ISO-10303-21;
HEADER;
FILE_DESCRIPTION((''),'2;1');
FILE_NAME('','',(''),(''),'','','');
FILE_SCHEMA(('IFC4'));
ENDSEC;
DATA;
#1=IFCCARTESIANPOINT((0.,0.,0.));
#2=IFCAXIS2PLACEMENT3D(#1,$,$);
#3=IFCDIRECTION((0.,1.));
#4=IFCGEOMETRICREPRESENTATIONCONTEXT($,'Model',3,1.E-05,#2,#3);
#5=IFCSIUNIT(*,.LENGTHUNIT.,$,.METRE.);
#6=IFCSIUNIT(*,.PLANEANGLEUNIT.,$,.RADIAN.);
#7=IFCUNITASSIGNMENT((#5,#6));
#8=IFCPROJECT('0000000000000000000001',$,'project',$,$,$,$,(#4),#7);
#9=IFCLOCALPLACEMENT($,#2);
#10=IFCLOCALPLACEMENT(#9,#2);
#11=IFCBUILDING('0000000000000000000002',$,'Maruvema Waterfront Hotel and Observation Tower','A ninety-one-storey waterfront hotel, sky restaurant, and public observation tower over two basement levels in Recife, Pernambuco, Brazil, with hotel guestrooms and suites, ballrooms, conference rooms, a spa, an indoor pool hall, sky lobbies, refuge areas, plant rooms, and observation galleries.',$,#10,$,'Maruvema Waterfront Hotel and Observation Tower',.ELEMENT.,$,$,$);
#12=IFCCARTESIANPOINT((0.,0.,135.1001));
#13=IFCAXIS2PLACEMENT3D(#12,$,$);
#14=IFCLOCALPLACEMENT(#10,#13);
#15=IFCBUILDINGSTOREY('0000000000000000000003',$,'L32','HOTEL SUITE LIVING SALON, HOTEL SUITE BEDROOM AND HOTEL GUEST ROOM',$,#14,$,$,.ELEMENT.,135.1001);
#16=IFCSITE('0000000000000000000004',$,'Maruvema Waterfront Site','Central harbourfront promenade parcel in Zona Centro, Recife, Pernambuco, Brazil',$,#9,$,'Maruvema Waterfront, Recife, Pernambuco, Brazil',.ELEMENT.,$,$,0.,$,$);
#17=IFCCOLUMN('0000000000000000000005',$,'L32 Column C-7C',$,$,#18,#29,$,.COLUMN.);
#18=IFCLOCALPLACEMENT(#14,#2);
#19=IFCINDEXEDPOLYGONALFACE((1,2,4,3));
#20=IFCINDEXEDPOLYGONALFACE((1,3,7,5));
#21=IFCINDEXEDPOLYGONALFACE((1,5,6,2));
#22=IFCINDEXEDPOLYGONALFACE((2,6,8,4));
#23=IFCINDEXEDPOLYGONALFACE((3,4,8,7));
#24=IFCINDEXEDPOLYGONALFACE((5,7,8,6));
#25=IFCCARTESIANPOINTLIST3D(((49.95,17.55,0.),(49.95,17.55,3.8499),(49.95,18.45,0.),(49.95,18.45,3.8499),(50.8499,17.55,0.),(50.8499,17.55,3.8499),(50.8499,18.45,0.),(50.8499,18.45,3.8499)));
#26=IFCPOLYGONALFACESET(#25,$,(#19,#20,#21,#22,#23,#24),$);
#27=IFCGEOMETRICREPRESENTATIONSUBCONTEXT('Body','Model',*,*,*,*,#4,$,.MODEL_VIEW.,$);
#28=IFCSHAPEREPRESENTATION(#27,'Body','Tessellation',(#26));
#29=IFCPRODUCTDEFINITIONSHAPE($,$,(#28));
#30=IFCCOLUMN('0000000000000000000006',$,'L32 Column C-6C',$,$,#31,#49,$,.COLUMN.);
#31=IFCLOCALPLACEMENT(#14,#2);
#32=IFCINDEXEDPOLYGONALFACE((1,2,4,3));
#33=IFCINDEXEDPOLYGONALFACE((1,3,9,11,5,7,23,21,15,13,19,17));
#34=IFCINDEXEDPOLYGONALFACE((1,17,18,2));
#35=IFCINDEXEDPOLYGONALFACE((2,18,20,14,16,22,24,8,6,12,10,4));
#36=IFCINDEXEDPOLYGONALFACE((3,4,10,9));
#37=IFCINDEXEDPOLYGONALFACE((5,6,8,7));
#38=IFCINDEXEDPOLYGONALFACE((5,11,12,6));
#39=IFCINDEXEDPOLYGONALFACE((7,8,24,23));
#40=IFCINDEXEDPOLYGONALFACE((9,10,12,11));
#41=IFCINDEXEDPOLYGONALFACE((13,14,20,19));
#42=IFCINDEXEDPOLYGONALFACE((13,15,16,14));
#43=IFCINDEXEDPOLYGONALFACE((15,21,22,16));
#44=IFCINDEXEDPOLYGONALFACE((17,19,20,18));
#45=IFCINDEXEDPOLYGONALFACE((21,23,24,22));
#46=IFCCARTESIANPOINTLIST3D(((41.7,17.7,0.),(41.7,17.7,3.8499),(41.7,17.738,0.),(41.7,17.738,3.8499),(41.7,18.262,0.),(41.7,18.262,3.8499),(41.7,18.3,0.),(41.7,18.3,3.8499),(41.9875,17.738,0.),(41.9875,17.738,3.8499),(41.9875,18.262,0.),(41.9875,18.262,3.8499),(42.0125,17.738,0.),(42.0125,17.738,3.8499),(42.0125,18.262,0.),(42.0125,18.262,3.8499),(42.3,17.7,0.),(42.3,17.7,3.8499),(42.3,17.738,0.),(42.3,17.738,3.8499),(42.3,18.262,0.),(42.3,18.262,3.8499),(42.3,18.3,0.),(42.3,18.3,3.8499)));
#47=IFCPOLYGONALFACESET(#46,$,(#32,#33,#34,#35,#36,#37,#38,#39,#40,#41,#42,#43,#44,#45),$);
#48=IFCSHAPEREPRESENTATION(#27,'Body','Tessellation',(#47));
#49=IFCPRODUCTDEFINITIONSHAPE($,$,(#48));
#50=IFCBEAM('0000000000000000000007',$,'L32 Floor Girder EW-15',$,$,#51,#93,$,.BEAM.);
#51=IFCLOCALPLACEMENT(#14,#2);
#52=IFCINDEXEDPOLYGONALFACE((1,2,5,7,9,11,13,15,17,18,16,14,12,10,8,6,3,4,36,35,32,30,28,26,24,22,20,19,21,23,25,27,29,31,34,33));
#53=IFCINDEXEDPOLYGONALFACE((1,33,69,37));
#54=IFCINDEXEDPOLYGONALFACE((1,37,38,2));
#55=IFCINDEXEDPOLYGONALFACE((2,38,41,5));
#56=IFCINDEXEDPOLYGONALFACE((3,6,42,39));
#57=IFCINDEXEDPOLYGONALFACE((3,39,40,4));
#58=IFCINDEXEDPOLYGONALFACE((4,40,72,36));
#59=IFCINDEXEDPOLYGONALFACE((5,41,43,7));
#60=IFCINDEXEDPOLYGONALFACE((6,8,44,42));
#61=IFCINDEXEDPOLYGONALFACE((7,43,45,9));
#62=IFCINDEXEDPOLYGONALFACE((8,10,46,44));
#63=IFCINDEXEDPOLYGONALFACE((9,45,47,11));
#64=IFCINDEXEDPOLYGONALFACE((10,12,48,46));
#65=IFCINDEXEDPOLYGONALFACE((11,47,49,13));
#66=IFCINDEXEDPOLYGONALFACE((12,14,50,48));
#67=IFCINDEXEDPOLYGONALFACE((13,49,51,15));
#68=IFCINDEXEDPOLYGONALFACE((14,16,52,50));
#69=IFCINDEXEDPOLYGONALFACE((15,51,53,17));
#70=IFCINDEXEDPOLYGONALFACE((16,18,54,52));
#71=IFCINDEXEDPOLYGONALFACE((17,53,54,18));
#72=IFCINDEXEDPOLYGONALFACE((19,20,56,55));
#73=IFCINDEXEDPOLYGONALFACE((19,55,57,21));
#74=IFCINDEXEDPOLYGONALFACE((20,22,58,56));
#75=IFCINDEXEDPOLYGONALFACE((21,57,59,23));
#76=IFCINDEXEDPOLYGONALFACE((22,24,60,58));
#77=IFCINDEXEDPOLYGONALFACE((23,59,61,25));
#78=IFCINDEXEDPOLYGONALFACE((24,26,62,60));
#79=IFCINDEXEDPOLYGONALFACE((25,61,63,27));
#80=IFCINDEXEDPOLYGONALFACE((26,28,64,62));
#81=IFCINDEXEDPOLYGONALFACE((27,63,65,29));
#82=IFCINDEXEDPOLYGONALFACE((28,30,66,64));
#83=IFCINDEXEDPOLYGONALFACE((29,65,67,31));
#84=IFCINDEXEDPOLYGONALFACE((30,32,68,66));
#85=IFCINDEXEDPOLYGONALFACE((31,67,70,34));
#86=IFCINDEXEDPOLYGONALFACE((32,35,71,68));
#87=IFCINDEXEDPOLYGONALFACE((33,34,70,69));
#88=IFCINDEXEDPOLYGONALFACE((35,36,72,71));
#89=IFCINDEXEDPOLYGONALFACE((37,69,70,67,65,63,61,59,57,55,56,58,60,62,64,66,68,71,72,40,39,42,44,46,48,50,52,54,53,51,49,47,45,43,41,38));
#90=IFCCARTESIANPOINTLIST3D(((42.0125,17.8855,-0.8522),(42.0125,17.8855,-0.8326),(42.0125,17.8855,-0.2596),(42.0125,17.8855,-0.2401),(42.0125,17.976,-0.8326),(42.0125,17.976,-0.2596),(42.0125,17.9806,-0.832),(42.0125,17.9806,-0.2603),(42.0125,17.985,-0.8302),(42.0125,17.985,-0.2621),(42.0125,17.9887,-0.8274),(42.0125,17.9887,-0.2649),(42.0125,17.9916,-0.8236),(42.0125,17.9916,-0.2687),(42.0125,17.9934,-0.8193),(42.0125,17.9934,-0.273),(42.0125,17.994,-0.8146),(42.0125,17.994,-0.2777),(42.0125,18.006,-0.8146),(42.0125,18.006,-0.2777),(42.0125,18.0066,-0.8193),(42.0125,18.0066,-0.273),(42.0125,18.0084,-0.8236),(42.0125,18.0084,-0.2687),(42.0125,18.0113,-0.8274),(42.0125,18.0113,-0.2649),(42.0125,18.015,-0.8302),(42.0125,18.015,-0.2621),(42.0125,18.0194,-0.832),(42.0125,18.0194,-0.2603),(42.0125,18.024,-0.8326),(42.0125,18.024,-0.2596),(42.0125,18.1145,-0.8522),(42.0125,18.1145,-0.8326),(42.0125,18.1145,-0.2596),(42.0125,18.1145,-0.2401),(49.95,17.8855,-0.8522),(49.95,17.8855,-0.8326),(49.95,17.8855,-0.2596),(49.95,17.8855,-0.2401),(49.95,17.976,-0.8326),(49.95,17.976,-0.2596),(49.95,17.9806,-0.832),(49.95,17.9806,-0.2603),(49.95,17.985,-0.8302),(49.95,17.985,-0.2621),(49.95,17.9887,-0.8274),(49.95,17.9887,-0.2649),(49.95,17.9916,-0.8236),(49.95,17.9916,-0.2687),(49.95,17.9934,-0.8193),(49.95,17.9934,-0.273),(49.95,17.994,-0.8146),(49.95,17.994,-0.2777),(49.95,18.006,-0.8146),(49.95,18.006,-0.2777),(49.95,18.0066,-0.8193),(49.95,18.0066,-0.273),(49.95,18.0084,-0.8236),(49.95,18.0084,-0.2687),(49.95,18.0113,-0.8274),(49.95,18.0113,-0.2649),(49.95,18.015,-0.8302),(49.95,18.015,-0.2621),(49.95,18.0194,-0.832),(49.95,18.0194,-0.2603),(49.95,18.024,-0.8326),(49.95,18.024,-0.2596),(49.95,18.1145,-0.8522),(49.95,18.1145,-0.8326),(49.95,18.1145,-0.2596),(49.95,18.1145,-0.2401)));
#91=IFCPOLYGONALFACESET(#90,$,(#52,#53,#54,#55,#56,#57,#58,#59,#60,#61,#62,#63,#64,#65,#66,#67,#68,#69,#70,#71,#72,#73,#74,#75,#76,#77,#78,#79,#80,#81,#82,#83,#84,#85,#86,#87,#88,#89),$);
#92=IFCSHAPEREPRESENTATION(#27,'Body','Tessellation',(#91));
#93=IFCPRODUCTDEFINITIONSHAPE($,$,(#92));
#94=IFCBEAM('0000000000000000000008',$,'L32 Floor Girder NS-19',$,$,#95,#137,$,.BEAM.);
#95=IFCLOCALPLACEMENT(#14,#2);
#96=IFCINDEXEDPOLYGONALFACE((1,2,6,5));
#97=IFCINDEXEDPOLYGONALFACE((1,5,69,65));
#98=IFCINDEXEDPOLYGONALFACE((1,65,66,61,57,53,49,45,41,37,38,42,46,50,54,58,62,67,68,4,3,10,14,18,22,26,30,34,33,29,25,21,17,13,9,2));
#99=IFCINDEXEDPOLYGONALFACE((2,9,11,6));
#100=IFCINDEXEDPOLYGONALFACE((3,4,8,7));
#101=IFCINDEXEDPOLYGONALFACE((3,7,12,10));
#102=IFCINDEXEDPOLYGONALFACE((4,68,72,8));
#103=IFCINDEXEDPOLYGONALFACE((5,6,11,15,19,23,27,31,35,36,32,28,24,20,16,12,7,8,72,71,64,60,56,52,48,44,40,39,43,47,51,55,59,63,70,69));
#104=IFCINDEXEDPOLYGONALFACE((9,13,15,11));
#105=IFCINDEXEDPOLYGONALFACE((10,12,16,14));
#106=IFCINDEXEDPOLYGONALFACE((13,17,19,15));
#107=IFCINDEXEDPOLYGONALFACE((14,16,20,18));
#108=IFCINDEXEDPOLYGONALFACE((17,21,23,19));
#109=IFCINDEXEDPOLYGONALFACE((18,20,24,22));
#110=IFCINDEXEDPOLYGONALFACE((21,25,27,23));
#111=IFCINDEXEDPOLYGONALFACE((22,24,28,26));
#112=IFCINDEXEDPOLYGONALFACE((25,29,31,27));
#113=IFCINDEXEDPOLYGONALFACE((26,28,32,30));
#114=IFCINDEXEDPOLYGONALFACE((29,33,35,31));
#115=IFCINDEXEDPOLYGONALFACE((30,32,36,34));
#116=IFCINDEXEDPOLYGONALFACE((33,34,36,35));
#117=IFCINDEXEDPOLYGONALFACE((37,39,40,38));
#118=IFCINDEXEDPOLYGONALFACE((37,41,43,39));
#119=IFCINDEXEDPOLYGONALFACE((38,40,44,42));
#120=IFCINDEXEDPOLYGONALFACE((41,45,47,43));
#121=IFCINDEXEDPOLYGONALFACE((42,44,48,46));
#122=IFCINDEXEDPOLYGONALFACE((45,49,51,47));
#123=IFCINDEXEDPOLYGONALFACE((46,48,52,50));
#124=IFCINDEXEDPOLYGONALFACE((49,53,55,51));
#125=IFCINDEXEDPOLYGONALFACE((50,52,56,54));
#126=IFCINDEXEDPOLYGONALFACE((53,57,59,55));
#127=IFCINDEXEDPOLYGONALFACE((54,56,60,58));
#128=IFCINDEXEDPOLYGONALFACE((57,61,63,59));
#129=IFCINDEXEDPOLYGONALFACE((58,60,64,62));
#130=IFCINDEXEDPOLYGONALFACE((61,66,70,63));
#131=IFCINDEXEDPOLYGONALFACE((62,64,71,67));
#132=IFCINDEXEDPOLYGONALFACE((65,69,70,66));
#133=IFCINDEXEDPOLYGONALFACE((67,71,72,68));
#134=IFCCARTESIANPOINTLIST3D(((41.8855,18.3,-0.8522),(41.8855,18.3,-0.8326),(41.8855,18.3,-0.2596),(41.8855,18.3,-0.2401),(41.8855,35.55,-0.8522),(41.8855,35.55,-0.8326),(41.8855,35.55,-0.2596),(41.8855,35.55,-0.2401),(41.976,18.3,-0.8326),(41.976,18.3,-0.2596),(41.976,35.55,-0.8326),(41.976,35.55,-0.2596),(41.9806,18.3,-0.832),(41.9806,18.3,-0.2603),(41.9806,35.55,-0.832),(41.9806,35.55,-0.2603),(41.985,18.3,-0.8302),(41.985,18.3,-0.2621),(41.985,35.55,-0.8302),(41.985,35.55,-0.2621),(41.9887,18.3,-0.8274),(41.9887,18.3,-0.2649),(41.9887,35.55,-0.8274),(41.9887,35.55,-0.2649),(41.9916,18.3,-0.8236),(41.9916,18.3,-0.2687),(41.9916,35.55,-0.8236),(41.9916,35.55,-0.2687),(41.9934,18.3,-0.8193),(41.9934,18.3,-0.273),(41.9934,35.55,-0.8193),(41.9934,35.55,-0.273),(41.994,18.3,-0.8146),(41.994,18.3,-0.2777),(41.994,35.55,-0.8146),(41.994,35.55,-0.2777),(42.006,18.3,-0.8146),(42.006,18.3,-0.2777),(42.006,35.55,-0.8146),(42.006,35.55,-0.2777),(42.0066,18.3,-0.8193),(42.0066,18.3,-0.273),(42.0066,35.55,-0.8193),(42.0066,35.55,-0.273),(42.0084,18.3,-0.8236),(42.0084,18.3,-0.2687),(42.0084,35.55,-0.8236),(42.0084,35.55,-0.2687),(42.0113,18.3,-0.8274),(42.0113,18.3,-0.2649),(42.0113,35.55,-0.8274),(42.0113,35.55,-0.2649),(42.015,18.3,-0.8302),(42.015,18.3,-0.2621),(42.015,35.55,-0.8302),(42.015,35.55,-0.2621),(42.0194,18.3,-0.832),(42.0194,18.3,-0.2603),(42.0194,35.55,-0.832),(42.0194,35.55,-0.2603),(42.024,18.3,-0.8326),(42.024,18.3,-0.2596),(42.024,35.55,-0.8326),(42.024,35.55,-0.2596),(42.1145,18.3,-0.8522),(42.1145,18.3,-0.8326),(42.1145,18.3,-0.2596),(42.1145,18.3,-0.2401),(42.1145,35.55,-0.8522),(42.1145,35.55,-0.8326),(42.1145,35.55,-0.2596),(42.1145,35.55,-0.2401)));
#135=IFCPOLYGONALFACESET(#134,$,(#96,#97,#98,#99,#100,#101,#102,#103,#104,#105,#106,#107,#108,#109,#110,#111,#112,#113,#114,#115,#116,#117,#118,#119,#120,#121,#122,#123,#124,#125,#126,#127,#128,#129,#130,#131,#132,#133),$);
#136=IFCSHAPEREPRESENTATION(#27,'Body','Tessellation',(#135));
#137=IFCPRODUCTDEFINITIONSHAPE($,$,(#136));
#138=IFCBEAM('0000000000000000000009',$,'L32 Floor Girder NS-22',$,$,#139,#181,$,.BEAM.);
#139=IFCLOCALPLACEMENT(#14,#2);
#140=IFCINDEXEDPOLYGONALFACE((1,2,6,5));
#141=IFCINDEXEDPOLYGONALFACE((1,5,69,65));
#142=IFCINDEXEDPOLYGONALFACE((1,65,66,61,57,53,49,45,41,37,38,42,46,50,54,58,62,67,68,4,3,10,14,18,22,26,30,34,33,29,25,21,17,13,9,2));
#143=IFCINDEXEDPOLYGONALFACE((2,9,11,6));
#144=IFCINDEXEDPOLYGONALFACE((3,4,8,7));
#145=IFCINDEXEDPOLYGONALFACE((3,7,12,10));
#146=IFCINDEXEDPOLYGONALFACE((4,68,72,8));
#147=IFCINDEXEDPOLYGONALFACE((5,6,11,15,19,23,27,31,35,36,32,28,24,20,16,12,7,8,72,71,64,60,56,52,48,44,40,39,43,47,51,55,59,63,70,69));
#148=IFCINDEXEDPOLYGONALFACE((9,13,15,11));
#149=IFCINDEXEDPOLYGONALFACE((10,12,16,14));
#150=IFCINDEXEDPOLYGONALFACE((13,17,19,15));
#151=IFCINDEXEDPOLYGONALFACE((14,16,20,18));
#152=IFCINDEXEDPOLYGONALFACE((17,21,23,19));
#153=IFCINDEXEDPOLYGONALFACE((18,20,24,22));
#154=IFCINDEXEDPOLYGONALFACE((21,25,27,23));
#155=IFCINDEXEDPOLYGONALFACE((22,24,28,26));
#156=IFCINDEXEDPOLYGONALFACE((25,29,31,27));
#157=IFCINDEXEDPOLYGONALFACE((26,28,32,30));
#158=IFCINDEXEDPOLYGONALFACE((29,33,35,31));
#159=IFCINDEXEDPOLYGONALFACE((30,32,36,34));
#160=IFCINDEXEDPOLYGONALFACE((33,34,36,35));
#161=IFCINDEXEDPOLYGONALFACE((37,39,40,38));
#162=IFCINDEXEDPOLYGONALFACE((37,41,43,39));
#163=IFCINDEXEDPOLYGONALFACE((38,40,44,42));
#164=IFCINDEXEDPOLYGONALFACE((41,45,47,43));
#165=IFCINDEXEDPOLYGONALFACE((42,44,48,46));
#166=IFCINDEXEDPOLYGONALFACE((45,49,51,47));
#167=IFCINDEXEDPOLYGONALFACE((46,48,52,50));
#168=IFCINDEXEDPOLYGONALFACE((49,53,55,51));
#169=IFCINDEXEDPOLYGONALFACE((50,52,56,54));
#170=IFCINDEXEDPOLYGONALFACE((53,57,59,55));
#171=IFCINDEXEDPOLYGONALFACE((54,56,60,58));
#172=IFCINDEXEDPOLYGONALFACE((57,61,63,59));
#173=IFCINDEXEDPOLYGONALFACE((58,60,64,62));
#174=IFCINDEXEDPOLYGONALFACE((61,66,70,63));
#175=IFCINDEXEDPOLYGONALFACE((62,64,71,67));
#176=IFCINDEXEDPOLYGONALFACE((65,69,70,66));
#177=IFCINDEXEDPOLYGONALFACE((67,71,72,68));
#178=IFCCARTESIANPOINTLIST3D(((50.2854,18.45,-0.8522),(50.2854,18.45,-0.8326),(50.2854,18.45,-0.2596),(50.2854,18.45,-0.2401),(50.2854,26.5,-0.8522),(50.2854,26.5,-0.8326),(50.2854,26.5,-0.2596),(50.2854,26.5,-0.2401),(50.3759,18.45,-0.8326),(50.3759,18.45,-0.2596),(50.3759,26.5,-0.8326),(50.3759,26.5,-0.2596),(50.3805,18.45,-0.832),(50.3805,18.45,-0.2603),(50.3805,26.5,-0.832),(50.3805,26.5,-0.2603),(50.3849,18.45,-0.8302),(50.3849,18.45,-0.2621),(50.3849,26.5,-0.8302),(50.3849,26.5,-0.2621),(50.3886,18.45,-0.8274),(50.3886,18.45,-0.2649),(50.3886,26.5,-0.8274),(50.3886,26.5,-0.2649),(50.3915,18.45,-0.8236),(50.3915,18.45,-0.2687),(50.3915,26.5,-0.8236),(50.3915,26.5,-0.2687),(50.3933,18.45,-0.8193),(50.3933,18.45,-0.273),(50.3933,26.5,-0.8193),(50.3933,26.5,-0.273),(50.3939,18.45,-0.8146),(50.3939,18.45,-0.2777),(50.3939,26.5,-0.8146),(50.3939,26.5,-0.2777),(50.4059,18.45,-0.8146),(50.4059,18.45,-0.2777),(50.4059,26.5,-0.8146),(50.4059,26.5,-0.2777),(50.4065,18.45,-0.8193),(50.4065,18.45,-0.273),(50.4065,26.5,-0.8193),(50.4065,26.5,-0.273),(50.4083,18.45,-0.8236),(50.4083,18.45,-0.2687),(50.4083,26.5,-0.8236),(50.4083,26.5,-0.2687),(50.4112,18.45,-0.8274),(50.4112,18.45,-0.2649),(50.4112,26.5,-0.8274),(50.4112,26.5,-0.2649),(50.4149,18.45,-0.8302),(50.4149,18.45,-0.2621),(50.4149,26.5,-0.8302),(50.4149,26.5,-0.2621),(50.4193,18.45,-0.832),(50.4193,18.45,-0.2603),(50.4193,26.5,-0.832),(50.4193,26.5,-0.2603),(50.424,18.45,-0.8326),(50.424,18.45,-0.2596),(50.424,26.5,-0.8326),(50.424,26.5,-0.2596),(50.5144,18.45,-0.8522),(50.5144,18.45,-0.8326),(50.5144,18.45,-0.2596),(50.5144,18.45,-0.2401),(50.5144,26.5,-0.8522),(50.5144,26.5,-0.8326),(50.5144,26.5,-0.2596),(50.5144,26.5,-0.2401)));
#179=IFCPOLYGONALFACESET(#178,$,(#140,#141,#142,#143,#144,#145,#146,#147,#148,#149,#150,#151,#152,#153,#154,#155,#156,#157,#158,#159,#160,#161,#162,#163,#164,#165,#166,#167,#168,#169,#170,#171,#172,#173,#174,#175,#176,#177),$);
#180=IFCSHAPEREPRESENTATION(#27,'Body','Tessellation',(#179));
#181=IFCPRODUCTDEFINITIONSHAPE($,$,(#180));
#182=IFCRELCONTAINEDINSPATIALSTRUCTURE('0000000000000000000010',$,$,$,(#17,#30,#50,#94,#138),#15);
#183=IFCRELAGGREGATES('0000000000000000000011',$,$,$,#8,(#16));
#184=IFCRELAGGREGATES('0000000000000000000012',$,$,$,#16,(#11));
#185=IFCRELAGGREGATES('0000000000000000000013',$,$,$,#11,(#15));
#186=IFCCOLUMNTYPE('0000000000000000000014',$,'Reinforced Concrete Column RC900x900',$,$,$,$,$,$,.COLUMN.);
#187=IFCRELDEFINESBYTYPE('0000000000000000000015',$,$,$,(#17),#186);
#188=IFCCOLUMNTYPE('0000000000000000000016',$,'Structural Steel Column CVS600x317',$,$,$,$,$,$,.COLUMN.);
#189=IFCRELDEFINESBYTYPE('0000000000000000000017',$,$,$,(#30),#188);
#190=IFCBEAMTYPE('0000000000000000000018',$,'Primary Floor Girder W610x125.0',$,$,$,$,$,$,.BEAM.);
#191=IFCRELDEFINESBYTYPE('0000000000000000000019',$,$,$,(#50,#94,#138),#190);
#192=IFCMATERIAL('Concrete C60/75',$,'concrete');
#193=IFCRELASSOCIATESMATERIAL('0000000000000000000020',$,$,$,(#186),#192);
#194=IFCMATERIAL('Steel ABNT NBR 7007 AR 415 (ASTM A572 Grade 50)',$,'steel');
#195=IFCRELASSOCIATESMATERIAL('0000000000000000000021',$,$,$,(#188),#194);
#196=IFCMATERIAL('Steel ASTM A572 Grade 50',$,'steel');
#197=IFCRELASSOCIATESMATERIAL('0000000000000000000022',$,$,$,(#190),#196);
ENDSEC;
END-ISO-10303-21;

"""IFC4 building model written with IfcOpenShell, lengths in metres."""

from ifc_helpers import new_model, si_unit, direction, frame, origin, origin_2d, place, context, subcontext, project, spatial, rectangle, i_section, extrude, material, material_profile, profile_set, type_object, element, save


model = new_model("IFC4")

# Units and contexts
model_context = context("Model", 3, precision=1e-05, world=origin(), true_north=direction((0.0, 1.0)))
body_context = subcontext(model_context, "Body", "Model", "MODEL_VIEW")
ifc_project = project(units=[si_unit("LENGTHUNIT", "METRE"), si_unit("PLANEANGLEUNIT", "RADIAN")], contexts=[model_context])

# Site, building, storey
site_placement = place(None, origin())
site = spatial("IfcSite", under=ifc_project, at=site_placement, Name="Maruvema Waterfront Site", Description="Central harbourfront promenade parcel in Zona Centro, Recife, Pernambuco, Brazil", LongName="Maruvema Waterfront, Recife, Pernambuco, Brazil", CompositionType="ELEMENT", RefElevation=0.0)
building_placement = place(site_placement, origin())
building = spatial("IfcBuilding", under=site, at=building_placement, Name="Maruvema Waterfront Hotel and Observation Tower", Description="A ninety-one-storey waterfront hotel, sky restaurant, and public observation tower over two basement levels in Recife, Pernambuco, Brazil, with hotel guestrooms and suites, ballrooms, conference rooms, a spa, an indoor pool hall, sky lobbies, refuge areas, plant rooms, and observation galleries.", LongName="Maruvema Waterfront Hotel and Observation Tower", CompositionType="ELEMENT")
storey_placement = place(building_placement, frame((0.0, 0.0, 135.1001)))
storey = spatial("IfcBuildingStorey", under=building, at=storey_placement, Name="L32", Description="HOTEL SUITE LIVING SALON, HOTEL SUITE BEDROOM AND HOTEL GUEST ROOM", CompositionType="ELEMENT", Elevation=135.1001)

# Columns
ifc_material_1 = material(Name="Concrete C60/75", Category="concrete")
ifc_material_profile_1 = material_profile(ifc_material_1, rectangle(XDim=0.8999, YDim=0.8999, at=origin_2d()), Name="RC900x900")
ifc_profile_set_1 = profile_set([ifc_material_profile_1], Name="Concrete C60/75")
column_type_1 = type_object("IfcColumnType", Name="Reinforced Concrete Column RC900x900", PredefinedType="COLUMN", material=ifc_profile_set_1)
column_1_placement = place(storey_placement, frame((50.3999, 18.0, 0.0), z_axis=(0.0, 0.0, 1.0), x_axis=(1.0, 0.0, 0.0)))
element("IfcColumn", 1, at=column_1_placement, inside=storey, type_object=column_type_1, Name="L32 Column C-7C", PredefinedType="COLUMN", context=body_context, shape_type="SweptSolid", body=[
    extrude(rectangle(XDim=0.8999, YDim=0.8999, at=origin_2d()), origin(), (0.0, 0.0, 1.0), 3.8499),
])
ifc_material_2 = material(Name="Steel ABNT NBR 7007 AR 415 (ASTM A572 Grade 50)", Category="steel")
ifc_material_profile_2 = material_profile(ifc_material_2, i_section(OverallWidth=0.6001, OverallDepth=0.6001, WebThickness=0.0249, FlangeThickness=0.0381, at=origin_2d()), Name="CVS600x317")
ifc_profile_set_2 = profile_set([ifc_material_profile_2], Name="Steel ABNT NBR 7007 AR 415 (ASTM A572 Grade 50)")
column_type_2 = type_object("IfcColumnType", Name="Structural Steel Column CVS600x317", PredefinedType="COLUMN", material=ifc_profile_set_2)
column_2_placement = place(storey_placement, frame((42.0, 18.0, 0.0), z_axis=(0.0, 0.0, 1.0), x_axis=(1.0, 0.0, 0.0)))
element("IfcColumn", 2, at=column_2_placement, inside=storey, type_object=column_type_2, Name="L32 Column C-6C", PredefinedType="COLUMN", context=body_context, shape_type="SweptSolid", body=[
    extrude(i_section(OverallWidth=0.6001, OverallDepth=0.6001, WebThickness=0.0249, FlangeThickness=0.0381, at=origin_2d()), origin(), (0.0, 0.0, 1.0), 3.8499),
])

# Beams
ifc_material_3 = material(Name="Steel ASTM A572 Grade 50", Category="steel")
ifc_material_profile_3 = material_profile(ifc_material_3, i_section(OverallWidth=0.229, OverallDepth=0.6121, WebThickness=0.012, FlangeThickness=0.0195, FilletRadius=0.0181, at=origin_2d()), Name="W610x125.0")
ifc_profile_set_3 = profile_set([ifc_material_profile_3], Name="Steel ASTM A572 Grade 50")
beam_type = type_object("IfcBeamType", Name="Primary Floor Girder W610x125.0", PredefinedType="BEAM", material=ifc_profile_set_3)
beam_1_placement = place(storey_placement, frame((42.0125, 18.0, -0.5461), z_axis=(1.0, 0.0, 0.0), x_axis=(0.0, 1.0, 0.0)))
element("IfcBeam", 3, at=beam_1_placement, inside=storey, type_object=beam_type, Name="L32 Floor Girder EW-15", PredefinedType="BEAM", context=body_context, shape_type="SweptSolid", body=[
    extrude(i_section(OverallWidth=0.229, OverallDepth=0.6121, WebThickness=0.012, FlangeThickness=0.0195, FilletRadius=0.0181, at=origin_2d()), origin(), (0.0, 0.0, 1.0), 7.9375),
])
beam_2_placement = place(storey_placement, frame((42.0, 18.3, -0.5461), z_axis=(0.0, 1.0, 0.0), x_axis=(-1.0, 0.0, 0.0)))
element("IfcBeam", 4, at=beam_2_placement, inside=storey, type_object=beam_type, Name="L32 Floor Girder NS-19", PredefinedType="BEAM", context=body_context, shape_type="SweptSolid", body=[
    extrude(i_section(OverallWidth=0.229, OverallDepth=0.6121, WebThickness=0.012, FlangeThickness=0.0195, FilletRadius=0.0181, at=origin_2d()), origin(), (0.0, 0.0, 1.0), 17.25),
])
beam_3_placement = place(storey_placement, frame((50.3999, 18.45, -0.5461), z_axis=(0.0, 1.0, 0.0), x_axis=(-1.0, 0.0, 0.0)))
element("IfcBeam", 5, at=beam_3_placement, inside=storey, type_object=beam_type, Name="L32 Floor Girder NS-22", PredefinedType="BEAM", context=body_context, shape_type="SweptSolid", body=[
    extrude(i_section(OverallWidth=0.229, OverallDepth=0.6121, WebThickness=0.012, FlangeThickness=0.0195, FilletRadius=0.0181, at=origin_2d()), origin(), (0.0, 0.0, 1.0), 8.05),
])

save(model, "model.ifc")
